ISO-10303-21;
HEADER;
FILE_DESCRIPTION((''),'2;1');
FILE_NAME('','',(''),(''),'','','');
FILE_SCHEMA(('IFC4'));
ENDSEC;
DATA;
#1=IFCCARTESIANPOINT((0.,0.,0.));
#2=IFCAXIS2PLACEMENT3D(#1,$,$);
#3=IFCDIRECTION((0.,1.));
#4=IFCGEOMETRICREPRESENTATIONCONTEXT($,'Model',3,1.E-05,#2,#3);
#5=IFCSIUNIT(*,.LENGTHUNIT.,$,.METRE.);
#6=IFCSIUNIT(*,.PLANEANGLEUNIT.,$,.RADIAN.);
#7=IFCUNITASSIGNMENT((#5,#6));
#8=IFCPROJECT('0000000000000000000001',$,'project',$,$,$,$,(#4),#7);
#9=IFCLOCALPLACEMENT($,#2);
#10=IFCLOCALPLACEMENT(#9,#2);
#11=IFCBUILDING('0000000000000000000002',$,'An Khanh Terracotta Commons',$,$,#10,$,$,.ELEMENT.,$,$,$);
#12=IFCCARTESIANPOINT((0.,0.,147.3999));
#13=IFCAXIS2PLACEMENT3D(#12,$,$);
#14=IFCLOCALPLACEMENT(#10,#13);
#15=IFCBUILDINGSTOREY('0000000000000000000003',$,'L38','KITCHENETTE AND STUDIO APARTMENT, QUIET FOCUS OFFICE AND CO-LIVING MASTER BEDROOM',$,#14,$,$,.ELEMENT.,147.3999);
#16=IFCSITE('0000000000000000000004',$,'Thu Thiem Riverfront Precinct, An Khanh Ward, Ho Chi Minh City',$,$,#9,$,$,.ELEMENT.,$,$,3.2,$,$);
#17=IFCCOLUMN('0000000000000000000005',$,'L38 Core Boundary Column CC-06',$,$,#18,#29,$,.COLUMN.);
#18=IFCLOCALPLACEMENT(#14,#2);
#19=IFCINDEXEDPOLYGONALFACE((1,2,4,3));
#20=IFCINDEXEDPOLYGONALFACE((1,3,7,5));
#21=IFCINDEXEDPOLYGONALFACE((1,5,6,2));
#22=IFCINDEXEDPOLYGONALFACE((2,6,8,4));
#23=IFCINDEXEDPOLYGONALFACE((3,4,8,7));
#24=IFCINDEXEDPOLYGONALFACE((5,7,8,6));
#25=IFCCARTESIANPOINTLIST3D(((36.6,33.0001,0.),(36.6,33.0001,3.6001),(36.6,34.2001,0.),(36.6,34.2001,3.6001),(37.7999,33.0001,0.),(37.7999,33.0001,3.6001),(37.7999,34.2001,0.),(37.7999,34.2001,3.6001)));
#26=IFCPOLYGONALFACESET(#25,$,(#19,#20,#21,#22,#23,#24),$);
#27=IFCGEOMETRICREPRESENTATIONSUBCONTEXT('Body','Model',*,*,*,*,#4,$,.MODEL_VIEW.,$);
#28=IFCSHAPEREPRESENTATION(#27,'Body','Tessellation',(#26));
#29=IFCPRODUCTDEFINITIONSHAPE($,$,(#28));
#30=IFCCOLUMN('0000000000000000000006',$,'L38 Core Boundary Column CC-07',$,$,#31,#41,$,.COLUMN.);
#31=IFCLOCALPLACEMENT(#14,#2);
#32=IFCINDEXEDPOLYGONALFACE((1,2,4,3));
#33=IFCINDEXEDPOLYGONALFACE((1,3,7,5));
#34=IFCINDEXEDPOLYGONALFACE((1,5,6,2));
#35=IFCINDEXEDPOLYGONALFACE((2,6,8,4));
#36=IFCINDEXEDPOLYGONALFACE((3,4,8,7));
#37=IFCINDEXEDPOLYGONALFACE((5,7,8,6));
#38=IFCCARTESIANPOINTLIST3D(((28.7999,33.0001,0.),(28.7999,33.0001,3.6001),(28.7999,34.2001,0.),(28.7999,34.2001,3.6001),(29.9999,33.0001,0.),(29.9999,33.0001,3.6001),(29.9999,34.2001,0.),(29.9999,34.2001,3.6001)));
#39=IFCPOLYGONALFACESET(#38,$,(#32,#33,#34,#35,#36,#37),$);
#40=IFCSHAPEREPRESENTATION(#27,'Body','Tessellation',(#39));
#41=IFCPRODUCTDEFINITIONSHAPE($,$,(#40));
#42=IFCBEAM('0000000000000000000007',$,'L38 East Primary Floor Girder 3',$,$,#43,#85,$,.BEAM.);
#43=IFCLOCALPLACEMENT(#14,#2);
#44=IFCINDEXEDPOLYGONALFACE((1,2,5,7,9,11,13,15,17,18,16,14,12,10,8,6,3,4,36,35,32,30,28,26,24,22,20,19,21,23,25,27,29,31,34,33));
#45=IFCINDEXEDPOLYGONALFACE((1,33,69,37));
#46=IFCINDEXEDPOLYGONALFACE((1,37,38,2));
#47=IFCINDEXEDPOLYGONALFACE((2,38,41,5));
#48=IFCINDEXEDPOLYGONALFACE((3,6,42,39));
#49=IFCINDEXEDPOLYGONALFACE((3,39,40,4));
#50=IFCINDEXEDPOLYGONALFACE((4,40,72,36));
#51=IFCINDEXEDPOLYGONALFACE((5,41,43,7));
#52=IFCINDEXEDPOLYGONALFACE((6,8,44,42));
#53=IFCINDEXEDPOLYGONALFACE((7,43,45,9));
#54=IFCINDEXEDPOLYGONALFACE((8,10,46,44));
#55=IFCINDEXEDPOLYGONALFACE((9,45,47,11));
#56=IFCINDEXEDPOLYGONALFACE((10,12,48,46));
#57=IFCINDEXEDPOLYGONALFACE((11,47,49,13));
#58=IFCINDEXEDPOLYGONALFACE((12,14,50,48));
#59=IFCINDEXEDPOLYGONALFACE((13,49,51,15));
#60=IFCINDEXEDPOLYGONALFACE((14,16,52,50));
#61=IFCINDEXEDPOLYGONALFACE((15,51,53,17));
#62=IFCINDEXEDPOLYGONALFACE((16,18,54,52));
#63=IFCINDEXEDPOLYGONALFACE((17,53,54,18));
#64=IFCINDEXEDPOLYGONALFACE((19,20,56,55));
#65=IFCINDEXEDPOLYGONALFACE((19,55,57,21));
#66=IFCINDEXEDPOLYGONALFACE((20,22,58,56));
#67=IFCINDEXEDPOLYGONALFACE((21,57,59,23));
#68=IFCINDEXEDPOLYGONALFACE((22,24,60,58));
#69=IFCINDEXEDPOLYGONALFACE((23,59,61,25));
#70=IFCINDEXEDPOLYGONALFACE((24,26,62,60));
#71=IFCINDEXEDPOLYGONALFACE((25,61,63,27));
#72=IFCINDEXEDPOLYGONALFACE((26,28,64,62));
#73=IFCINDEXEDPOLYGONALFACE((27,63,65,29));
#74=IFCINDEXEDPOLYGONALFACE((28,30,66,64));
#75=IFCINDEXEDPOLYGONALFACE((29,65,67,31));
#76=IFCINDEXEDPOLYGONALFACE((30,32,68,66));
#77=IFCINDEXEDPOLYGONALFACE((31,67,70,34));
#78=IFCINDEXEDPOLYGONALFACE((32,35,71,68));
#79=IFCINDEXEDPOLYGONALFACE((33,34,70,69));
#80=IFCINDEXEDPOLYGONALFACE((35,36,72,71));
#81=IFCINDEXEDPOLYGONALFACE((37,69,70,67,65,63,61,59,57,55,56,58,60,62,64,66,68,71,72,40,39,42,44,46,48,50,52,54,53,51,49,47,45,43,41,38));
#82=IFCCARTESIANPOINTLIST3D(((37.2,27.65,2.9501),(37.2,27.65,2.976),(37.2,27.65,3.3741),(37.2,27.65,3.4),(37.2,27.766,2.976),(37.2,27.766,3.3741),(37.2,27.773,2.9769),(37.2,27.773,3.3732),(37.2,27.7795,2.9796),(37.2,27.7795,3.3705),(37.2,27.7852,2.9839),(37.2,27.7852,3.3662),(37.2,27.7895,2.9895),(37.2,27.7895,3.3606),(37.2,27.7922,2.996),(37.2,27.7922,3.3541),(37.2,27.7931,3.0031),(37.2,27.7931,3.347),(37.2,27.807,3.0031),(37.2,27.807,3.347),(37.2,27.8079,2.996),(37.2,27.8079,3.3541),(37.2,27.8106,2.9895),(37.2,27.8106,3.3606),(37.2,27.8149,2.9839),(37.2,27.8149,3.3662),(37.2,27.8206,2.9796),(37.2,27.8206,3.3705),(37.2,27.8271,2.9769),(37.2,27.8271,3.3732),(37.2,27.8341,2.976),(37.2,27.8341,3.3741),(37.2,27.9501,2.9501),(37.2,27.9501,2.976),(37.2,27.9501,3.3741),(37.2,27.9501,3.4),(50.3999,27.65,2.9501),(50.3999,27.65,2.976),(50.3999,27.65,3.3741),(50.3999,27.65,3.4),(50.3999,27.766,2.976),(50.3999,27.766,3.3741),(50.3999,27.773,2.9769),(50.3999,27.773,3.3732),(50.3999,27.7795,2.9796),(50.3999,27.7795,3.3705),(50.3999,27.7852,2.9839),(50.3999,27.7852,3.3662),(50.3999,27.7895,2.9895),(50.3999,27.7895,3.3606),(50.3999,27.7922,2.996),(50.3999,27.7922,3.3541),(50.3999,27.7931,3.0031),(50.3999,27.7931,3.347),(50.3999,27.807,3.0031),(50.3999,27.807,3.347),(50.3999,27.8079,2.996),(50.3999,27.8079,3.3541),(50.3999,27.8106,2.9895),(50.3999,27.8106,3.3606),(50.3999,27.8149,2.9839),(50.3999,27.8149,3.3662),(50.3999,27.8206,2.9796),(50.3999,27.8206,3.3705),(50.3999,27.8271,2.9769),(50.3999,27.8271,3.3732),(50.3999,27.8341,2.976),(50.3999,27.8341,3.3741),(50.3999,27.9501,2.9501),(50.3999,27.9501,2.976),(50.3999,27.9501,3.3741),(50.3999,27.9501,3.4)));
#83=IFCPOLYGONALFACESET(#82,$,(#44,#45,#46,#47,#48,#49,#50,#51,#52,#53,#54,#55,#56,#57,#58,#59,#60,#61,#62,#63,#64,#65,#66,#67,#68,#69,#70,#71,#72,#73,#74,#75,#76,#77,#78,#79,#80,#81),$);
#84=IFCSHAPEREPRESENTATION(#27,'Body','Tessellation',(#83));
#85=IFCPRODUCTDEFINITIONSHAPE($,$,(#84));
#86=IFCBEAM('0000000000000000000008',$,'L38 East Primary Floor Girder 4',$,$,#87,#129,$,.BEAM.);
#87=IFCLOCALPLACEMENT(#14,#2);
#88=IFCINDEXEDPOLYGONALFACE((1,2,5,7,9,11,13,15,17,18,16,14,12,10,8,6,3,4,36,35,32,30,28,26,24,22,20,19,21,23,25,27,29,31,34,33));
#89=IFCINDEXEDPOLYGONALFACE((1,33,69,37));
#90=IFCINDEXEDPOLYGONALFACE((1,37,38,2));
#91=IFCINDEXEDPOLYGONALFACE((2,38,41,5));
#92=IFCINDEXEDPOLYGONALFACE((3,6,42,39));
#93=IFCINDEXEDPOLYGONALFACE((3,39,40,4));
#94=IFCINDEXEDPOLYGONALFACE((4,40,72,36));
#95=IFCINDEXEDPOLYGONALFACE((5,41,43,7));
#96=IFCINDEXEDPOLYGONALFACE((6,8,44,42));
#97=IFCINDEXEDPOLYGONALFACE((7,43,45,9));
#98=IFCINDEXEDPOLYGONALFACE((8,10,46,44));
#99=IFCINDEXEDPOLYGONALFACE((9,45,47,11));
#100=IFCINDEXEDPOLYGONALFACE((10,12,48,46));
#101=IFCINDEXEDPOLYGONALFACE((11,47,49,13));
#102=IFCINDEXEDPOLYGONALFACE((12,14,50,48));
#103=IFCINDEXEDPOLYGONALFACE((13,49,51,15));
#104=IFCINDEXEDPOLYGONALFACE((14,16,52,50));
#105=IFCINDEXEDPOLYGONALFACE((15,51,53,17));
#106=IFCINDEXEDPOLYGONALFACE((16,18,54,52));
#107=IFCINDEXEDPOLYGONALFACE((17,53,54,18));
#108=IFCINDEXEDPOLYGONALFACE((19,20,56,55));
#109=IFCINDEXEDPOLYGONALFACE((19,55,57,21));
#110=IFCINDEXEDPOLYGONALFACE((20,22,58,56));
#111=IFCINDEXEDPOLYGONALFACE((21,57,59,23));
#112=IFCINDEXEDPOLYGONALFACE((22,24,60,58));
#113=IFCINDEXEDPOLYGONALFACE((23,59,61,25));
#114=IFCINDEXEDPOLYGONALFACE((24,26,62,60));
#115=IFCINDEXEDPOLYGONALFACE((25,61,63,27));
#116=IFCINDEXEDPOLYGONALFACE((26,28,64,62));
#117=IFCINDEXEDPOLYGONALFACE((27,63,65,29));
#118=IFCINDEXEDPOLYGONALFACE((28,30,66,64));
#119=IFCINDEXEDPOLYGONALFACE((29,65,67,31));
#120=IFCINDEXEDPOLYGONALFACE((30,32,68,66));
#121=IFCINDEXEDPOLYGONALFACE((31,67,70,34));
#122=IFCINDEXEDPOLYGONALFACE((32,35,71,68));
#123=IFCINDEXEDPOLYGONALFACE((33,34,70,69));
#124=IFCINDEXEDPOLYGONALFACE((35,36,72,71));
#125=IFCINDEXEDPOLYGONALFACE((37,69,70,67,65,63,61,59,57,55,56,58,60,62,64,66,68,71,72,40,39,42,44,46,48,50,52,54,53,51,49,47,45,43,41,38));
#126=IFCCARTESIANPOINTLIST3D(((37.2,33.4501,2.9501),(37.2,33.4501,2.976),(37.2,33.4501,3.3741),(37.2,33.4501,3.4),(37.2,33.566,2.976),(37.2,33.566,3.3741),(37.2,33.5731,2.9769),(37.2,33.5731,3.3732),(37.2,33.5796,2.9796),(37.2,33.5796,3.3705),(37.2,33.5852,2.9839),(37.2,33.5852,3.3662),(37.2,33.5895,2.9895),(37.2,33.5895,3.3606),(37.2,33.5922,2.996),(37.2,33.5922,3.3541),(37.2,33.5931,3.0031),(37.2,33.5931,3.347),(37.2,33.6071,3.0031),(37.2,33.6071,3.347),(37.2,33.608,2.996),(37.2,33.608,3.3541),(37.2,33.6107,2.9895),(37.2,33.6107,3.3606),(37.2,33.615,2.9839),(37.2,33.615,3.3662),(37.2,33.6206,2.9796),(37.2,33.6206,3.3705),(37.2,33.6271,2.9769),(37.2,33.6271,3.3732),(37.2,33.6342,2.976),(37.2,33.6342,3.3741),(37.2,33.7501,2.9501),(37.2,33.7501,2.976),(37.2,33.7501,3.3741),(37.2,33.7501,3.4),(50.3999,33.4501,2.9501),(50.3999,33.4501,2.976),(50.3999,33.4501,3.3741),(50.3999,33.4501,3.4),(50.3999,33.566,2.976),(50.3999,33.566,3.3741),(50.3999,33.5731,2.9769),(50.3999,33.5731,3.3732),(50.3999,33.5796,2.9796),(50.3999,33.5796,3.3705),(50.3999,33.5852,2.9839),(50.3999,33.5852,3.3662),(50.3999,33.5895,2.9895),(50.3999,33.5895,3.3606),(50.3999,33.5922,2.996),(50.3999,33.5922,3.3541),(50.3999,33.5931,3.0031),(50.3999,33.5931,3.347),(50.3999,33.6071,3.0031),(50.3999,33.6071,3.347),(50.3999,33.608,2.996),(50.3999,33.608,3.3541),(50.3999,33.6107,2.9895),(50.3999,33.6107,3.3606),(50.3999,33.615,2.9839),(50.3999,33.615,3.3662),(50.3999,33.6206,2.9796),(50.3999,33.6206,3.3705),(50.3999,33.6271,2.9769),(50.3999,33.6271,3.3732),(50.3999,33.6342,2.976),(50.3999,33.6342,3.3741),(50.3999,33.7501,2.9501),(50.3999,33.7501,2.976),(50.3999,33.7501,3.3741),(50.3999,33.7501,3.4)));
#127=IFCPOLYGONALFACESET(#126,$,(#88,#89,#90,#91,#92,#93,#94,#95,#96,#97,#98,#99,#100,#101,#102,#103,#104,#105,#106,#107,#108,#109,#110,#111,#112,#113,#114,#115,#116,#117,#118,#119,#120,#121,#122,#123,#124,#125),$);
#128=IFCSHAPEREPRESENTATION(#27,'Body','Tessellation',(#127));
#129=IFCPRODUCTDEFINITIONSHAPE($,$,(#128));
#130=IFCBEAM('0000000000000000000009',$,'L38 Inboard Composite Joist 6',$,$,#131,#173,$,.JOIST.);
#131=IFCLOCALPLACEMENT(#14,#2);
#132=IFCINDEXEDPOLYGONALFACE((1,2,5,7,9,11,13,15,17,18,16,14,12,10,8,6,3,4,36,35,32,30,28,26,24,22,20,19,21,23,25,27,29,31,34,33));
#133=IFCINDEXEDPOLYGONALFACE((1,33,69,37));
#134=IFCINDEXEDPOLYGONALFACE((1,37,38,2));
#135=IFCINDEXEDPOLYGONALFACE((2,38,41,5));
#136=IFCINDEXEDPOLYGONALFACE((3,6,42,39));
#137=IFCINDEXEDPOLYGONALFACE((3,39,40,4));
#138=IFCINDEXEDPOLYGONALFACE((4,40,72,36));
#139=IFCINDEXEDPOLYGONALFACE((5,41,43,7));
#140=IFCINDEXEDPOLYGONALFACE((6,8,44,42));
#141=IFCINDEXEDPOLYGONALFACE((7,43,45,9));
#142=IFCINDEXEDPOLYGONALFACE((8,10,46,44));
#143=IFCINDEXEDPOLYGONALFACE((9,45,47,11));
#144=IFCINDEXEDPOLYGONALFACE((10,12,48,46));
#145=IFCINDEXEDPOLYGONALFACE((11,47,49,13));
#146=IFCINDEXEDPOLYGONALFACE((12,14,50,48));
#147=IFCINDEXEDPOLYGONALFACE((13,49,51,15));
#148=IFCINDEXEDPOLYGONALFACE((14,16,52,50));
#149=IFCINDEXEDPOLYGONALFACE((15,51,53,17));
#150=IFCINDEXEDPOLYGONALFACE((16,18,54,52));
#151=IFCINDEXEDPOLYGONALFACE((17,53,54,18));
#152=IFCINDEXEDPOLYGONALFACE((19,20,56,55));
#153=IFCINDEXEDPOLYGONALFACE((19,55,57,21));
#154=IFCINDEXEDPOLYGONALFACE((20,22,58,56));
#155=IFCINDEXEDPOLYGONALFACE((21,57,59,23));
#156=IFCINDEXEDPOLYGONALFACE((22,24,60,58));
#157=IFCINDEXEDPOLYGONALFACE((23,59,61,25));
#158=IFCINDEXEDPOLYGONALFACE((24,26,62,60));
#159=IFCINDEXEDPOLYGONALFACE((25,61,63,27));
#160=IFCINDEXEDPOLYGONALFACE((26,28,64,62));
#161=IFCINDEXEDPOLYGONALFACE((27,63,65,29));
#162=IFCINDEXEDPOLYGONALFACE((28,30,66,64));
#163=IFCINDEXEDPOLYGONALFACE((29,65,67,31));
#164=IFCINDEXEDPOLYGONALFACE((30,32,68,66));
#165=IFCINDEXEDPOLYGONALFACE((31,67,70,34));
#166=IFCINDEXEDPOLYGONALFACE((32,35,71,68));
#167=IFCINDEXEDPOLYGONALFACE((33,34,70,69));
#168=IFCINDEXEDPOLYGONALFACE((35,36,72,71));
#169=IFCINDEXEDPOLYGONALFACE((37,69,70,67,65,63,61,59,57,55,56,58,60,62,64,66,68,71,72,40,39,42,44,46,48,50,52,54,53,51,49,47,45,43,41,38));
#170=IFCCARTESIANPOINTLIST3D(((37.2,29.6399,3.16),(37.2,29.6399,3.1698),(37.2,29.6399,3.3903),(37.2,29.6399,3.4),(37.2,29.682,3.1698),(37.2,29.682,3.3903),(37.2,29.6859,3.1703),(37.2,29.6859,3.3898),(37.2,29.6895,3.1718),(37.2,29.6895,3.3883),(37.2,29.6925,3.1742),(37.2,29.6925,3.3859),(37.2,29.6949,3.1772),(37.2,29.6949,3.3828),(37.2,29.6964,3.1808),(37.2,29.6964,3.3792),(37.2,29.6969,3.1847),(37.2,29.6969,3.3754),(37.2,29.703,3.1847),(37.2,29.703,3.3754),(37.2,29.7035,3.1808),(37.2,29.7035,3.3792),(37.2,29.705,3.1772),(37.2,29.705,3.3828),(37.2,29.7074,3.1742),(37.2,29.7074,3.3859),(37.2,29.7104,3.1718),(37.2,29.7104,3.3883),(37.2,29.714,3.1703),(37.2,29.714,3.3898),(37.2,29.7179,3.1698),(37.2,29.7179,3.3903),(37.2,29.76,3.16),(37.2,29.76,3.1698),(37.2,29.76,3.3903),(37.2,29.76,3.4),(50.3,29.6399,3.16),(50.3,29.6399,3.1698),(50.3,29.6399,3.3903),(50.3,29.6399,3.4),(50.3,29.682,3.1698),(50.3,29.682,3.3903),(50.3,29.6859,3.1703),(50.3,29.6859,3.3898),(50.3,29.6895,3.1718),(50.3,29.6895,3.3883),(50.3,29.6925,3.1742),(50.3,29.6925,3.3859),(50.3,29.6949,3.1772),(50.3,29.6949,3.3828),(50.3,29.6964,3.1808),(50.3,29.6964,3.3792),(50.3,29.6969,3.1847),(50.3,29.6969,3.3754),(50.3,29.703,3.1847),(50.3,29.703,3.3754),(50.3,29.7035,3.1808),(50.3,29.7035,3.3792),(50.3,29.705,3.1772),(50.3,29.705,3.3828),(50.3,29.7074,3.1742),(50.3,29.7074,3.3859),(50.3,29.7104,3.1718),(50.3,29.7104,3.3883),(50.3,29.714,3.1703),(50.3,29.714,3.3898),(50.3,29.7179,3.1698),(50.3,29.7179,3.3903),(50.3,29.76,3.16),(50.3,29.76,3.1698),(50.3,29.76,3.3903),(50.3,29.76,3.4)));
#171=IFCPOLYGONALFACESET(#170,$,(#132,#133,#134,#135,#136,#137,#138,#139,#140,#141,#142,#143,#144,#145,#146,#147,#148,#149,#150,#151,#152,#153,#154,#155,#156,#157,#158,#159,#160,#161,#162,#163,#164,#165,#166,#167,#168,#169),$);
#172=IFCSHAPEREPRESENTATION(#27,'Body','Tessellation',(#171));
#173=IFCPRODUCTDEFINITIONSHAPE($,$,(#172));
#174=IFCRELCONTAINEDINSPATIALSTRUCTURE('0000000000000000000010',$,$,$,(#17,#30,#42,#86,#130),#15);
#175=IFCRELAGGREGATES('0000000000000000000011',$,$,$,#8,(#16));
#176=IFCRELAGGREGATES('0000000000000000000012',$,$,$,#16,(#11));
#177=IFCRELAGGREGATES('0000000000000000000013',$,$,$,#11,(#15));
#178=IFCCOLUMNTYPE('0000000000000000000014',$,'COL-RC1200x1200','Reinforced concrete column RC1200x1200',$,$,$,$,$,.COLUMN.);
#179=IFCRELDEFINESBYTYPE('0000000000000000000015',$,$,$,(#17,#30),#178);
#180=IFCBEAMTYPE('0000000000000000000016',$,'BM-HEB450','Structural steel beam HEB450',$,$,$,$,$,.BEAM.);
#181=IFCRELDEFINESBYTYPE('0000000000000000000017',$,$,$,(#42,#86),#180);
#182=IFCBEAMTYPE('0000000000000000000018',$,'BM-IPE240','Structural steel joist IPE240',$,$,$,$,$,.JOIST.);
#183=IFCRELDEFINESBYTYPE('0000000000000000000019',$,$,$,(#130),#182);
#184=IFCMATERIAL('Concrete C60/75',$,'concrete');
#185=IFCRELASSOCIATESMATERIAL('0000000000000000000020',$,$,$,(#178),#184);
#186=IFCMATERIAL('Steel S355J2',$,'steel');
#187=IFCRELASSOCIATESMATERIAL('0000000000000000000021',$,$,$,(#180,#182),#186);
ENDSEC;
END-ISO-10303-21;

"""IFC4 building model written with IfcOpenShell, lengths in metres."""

from ifc_helpers import new_model, si_unit, direction, frame, origin, origin_2d, place, context, subcontext, project, spatial, rectangle, i_section, extrude, material, material_profile, profile_set, type_object, element, save


model = new_model("IFC4")

# Units and contexts
model_context = context("Model", 3, precision=1e-05, world=origin(), true_north=direction((0.0, 1.0)))
body_context = subcontext(model_context, "Body", "Model", "MODEL_VIEW")
ifc_project = project(units=[si_unit("LENGTHUNIT", "METRE"), si_unit("PLANEANGLEUNIT", "RADIAN")], contexts=[model_context])

# Site, building, storey
site_placement = place(None, origin())
site = spatial("IfcSite", under=ifc_project, at=site_placement, Name="Thu Thiem Riverfront Precinct, An Khanh Ward, Ho Chi Minh City", CompositionType="ELEMENT", RefElevation=3.2)
building_placement = place(site_placement, origin())
building = spatial("IfcBuilding", under=site, at=building_placement, Name="An Khanh Terracotta Commons", CompositionType="ELEMENT")
storey_placement = place(building_placement, frame((0.0, 0.0, 147.3999)))
storey = spatial("IfcBuildingStorey", under=building, at=storey_placement, Name="L38", Description="KITCHENETTE AND STUDIO APARTMENT, QUIET FOCUS OFFICE AND CO-LIVING MASTER BEDROOM", CompositionType="ELEMENT", Elevation=147.3999)

# Columns
ifc_material_1 = material(Name="Concrete C60/75", Category="concrete")
ifc_material_profile_1 = material_profile(ifc_material_1, rectangle(XDim=1.2, YDim=1.2, at=origin_2d()), Name="RC1200x1200")
ifc_profile_set_1 = profile_set([ifc_material_profile_1], Name="Concrete C60/75")
column_type = type_object("IfcColumnType", Name="COL-RC1200x1200", Description="Reinforced concrete column RC1200x1200", PredefinedType="COLUMN", material=ifc_profile_set_1)
for number, where, z_axis, x_axis, name in (
    (1, (37.2, 33.6001, 0.0), (0.0, 0.0, 1.0), (1.0, 0.0, 0.0), "L38 Core Boundary Column CC-06"),
    (2, (29.3999, 33.6001, 0.0), (0.0, 0.0, 1.0), (1.0, 0.0, 0.0), "L38 Core Boundary Column CC-07"),
):
    element("IfcColumn", number, at=place(storey_placement, frame(where, z_axis=z_axis, x_axis=x_axis)), inside=storey, type_object=column_type, Name=name, PredefinedType="COLUMN", context=body_context, shape_type="SweptSolid", body=[
        extrude(rectangle(XDim=1.2, YDim=1.2, at=origin_2d()), origin(), (0.0, 0.0, 1.0), 3.6001),
    ])

# Beams
ifc_material_2 = material(Name="Steel S355J2", Category="steel")
ifc_material_profile_2 = material_profile(ifc_material_2, i_section(OverallWidth=0.3, OverallDepth=0.45, WebThickness=0.0139, FlangeThickness=0.0259, FilletRadius=0.0271, at=origin_2d()), Name="HEB450")
ifc_profile_set_2 = profile_set([ifc_material_profile_2], Name="Steel S355J2")
beam_type_1 = type_object("IfcBeamType", Name="BM-HEB450", Description="Structural steel beam HEB450", PredefinedType="BEAM", material=ifc_profile_set_2)
for number, where, z_axis, x_axis, name in (
    (3, (37.2, 27.8, 3.175), (1.0, 0.0, 0.0), (0.0, 1.0, 0.0), "L38 East Primary Floor Girder 3"),
    (4, (37.2, 33.6001, 3.175), (1.0, 0.0, 0.0), (0.0, 1.0, 0.0), "L38 East Primary Floor Girder 4"),
):
    element("IfcBeam", number, at=place(storey_placement, frame(where, z_axis=z_axis, x_axis=x_axis)), inside=storey, type_object=beam_type_1, Name=name, PredefinedType="BEAM", context=body_context, shape_type="SweptSolid", body=[
        extrude(i_section(OverallWidth=0.3, OverallDepth=0.45, WebThickness=0.0139, FlangeThickness=0.0259, FilletRadius=0.0271, at=origin_2d()), origin(), (0.0, 0.0, 1.0), 13.2),
    ])
ifc_material_profile_3 = material_profile(ifc_material_2, i_section(OverallWidth=0.1201, OverallDepth=0.24, WebThickness=0.0061, FlangeThickness=0.0098, FilletRadius=0.0149, at=origin_2d()), Name="IPE240")
ifc_profile_set_3 = profile_set([ifc_material_profile_3], Name="Steel S355J2")
beam_type_2 = type_object("IfcBeamType", Name="BM-IPE240", Description="Structural steel joist IPE240", PredefinedType="JOIST", material=ifc_profile_set_3)
for number, where, z_axis, x_axis, name in (
    (5, (37.2, 29.7, 3.28), (1.0, 0.0, 0.0), (0.0, 1.0, 0.0), "L38 Inboard Composite Joist 6"),
):
    element("IfcBeam", number, at=place(storey_placement, frame(where, z_axis=z_axis, x_axis=x_axis)), inside=storey, type_object=beam_type_2, Name=name, PredefinedType="JOIST", context=body_context, shape_type="SweptSolid", body=[
        extrude(i_section(OverallWidth=0.1201, OverallDepth=0.24, WebThickness=0.0061, FlangeThickness=0.0098, FilletRadius=0.0149, at=origin_2d()), origin(), (0.0, 0.0, 1.0), 13.1001),
    ])

save(model, "model.ifc")
